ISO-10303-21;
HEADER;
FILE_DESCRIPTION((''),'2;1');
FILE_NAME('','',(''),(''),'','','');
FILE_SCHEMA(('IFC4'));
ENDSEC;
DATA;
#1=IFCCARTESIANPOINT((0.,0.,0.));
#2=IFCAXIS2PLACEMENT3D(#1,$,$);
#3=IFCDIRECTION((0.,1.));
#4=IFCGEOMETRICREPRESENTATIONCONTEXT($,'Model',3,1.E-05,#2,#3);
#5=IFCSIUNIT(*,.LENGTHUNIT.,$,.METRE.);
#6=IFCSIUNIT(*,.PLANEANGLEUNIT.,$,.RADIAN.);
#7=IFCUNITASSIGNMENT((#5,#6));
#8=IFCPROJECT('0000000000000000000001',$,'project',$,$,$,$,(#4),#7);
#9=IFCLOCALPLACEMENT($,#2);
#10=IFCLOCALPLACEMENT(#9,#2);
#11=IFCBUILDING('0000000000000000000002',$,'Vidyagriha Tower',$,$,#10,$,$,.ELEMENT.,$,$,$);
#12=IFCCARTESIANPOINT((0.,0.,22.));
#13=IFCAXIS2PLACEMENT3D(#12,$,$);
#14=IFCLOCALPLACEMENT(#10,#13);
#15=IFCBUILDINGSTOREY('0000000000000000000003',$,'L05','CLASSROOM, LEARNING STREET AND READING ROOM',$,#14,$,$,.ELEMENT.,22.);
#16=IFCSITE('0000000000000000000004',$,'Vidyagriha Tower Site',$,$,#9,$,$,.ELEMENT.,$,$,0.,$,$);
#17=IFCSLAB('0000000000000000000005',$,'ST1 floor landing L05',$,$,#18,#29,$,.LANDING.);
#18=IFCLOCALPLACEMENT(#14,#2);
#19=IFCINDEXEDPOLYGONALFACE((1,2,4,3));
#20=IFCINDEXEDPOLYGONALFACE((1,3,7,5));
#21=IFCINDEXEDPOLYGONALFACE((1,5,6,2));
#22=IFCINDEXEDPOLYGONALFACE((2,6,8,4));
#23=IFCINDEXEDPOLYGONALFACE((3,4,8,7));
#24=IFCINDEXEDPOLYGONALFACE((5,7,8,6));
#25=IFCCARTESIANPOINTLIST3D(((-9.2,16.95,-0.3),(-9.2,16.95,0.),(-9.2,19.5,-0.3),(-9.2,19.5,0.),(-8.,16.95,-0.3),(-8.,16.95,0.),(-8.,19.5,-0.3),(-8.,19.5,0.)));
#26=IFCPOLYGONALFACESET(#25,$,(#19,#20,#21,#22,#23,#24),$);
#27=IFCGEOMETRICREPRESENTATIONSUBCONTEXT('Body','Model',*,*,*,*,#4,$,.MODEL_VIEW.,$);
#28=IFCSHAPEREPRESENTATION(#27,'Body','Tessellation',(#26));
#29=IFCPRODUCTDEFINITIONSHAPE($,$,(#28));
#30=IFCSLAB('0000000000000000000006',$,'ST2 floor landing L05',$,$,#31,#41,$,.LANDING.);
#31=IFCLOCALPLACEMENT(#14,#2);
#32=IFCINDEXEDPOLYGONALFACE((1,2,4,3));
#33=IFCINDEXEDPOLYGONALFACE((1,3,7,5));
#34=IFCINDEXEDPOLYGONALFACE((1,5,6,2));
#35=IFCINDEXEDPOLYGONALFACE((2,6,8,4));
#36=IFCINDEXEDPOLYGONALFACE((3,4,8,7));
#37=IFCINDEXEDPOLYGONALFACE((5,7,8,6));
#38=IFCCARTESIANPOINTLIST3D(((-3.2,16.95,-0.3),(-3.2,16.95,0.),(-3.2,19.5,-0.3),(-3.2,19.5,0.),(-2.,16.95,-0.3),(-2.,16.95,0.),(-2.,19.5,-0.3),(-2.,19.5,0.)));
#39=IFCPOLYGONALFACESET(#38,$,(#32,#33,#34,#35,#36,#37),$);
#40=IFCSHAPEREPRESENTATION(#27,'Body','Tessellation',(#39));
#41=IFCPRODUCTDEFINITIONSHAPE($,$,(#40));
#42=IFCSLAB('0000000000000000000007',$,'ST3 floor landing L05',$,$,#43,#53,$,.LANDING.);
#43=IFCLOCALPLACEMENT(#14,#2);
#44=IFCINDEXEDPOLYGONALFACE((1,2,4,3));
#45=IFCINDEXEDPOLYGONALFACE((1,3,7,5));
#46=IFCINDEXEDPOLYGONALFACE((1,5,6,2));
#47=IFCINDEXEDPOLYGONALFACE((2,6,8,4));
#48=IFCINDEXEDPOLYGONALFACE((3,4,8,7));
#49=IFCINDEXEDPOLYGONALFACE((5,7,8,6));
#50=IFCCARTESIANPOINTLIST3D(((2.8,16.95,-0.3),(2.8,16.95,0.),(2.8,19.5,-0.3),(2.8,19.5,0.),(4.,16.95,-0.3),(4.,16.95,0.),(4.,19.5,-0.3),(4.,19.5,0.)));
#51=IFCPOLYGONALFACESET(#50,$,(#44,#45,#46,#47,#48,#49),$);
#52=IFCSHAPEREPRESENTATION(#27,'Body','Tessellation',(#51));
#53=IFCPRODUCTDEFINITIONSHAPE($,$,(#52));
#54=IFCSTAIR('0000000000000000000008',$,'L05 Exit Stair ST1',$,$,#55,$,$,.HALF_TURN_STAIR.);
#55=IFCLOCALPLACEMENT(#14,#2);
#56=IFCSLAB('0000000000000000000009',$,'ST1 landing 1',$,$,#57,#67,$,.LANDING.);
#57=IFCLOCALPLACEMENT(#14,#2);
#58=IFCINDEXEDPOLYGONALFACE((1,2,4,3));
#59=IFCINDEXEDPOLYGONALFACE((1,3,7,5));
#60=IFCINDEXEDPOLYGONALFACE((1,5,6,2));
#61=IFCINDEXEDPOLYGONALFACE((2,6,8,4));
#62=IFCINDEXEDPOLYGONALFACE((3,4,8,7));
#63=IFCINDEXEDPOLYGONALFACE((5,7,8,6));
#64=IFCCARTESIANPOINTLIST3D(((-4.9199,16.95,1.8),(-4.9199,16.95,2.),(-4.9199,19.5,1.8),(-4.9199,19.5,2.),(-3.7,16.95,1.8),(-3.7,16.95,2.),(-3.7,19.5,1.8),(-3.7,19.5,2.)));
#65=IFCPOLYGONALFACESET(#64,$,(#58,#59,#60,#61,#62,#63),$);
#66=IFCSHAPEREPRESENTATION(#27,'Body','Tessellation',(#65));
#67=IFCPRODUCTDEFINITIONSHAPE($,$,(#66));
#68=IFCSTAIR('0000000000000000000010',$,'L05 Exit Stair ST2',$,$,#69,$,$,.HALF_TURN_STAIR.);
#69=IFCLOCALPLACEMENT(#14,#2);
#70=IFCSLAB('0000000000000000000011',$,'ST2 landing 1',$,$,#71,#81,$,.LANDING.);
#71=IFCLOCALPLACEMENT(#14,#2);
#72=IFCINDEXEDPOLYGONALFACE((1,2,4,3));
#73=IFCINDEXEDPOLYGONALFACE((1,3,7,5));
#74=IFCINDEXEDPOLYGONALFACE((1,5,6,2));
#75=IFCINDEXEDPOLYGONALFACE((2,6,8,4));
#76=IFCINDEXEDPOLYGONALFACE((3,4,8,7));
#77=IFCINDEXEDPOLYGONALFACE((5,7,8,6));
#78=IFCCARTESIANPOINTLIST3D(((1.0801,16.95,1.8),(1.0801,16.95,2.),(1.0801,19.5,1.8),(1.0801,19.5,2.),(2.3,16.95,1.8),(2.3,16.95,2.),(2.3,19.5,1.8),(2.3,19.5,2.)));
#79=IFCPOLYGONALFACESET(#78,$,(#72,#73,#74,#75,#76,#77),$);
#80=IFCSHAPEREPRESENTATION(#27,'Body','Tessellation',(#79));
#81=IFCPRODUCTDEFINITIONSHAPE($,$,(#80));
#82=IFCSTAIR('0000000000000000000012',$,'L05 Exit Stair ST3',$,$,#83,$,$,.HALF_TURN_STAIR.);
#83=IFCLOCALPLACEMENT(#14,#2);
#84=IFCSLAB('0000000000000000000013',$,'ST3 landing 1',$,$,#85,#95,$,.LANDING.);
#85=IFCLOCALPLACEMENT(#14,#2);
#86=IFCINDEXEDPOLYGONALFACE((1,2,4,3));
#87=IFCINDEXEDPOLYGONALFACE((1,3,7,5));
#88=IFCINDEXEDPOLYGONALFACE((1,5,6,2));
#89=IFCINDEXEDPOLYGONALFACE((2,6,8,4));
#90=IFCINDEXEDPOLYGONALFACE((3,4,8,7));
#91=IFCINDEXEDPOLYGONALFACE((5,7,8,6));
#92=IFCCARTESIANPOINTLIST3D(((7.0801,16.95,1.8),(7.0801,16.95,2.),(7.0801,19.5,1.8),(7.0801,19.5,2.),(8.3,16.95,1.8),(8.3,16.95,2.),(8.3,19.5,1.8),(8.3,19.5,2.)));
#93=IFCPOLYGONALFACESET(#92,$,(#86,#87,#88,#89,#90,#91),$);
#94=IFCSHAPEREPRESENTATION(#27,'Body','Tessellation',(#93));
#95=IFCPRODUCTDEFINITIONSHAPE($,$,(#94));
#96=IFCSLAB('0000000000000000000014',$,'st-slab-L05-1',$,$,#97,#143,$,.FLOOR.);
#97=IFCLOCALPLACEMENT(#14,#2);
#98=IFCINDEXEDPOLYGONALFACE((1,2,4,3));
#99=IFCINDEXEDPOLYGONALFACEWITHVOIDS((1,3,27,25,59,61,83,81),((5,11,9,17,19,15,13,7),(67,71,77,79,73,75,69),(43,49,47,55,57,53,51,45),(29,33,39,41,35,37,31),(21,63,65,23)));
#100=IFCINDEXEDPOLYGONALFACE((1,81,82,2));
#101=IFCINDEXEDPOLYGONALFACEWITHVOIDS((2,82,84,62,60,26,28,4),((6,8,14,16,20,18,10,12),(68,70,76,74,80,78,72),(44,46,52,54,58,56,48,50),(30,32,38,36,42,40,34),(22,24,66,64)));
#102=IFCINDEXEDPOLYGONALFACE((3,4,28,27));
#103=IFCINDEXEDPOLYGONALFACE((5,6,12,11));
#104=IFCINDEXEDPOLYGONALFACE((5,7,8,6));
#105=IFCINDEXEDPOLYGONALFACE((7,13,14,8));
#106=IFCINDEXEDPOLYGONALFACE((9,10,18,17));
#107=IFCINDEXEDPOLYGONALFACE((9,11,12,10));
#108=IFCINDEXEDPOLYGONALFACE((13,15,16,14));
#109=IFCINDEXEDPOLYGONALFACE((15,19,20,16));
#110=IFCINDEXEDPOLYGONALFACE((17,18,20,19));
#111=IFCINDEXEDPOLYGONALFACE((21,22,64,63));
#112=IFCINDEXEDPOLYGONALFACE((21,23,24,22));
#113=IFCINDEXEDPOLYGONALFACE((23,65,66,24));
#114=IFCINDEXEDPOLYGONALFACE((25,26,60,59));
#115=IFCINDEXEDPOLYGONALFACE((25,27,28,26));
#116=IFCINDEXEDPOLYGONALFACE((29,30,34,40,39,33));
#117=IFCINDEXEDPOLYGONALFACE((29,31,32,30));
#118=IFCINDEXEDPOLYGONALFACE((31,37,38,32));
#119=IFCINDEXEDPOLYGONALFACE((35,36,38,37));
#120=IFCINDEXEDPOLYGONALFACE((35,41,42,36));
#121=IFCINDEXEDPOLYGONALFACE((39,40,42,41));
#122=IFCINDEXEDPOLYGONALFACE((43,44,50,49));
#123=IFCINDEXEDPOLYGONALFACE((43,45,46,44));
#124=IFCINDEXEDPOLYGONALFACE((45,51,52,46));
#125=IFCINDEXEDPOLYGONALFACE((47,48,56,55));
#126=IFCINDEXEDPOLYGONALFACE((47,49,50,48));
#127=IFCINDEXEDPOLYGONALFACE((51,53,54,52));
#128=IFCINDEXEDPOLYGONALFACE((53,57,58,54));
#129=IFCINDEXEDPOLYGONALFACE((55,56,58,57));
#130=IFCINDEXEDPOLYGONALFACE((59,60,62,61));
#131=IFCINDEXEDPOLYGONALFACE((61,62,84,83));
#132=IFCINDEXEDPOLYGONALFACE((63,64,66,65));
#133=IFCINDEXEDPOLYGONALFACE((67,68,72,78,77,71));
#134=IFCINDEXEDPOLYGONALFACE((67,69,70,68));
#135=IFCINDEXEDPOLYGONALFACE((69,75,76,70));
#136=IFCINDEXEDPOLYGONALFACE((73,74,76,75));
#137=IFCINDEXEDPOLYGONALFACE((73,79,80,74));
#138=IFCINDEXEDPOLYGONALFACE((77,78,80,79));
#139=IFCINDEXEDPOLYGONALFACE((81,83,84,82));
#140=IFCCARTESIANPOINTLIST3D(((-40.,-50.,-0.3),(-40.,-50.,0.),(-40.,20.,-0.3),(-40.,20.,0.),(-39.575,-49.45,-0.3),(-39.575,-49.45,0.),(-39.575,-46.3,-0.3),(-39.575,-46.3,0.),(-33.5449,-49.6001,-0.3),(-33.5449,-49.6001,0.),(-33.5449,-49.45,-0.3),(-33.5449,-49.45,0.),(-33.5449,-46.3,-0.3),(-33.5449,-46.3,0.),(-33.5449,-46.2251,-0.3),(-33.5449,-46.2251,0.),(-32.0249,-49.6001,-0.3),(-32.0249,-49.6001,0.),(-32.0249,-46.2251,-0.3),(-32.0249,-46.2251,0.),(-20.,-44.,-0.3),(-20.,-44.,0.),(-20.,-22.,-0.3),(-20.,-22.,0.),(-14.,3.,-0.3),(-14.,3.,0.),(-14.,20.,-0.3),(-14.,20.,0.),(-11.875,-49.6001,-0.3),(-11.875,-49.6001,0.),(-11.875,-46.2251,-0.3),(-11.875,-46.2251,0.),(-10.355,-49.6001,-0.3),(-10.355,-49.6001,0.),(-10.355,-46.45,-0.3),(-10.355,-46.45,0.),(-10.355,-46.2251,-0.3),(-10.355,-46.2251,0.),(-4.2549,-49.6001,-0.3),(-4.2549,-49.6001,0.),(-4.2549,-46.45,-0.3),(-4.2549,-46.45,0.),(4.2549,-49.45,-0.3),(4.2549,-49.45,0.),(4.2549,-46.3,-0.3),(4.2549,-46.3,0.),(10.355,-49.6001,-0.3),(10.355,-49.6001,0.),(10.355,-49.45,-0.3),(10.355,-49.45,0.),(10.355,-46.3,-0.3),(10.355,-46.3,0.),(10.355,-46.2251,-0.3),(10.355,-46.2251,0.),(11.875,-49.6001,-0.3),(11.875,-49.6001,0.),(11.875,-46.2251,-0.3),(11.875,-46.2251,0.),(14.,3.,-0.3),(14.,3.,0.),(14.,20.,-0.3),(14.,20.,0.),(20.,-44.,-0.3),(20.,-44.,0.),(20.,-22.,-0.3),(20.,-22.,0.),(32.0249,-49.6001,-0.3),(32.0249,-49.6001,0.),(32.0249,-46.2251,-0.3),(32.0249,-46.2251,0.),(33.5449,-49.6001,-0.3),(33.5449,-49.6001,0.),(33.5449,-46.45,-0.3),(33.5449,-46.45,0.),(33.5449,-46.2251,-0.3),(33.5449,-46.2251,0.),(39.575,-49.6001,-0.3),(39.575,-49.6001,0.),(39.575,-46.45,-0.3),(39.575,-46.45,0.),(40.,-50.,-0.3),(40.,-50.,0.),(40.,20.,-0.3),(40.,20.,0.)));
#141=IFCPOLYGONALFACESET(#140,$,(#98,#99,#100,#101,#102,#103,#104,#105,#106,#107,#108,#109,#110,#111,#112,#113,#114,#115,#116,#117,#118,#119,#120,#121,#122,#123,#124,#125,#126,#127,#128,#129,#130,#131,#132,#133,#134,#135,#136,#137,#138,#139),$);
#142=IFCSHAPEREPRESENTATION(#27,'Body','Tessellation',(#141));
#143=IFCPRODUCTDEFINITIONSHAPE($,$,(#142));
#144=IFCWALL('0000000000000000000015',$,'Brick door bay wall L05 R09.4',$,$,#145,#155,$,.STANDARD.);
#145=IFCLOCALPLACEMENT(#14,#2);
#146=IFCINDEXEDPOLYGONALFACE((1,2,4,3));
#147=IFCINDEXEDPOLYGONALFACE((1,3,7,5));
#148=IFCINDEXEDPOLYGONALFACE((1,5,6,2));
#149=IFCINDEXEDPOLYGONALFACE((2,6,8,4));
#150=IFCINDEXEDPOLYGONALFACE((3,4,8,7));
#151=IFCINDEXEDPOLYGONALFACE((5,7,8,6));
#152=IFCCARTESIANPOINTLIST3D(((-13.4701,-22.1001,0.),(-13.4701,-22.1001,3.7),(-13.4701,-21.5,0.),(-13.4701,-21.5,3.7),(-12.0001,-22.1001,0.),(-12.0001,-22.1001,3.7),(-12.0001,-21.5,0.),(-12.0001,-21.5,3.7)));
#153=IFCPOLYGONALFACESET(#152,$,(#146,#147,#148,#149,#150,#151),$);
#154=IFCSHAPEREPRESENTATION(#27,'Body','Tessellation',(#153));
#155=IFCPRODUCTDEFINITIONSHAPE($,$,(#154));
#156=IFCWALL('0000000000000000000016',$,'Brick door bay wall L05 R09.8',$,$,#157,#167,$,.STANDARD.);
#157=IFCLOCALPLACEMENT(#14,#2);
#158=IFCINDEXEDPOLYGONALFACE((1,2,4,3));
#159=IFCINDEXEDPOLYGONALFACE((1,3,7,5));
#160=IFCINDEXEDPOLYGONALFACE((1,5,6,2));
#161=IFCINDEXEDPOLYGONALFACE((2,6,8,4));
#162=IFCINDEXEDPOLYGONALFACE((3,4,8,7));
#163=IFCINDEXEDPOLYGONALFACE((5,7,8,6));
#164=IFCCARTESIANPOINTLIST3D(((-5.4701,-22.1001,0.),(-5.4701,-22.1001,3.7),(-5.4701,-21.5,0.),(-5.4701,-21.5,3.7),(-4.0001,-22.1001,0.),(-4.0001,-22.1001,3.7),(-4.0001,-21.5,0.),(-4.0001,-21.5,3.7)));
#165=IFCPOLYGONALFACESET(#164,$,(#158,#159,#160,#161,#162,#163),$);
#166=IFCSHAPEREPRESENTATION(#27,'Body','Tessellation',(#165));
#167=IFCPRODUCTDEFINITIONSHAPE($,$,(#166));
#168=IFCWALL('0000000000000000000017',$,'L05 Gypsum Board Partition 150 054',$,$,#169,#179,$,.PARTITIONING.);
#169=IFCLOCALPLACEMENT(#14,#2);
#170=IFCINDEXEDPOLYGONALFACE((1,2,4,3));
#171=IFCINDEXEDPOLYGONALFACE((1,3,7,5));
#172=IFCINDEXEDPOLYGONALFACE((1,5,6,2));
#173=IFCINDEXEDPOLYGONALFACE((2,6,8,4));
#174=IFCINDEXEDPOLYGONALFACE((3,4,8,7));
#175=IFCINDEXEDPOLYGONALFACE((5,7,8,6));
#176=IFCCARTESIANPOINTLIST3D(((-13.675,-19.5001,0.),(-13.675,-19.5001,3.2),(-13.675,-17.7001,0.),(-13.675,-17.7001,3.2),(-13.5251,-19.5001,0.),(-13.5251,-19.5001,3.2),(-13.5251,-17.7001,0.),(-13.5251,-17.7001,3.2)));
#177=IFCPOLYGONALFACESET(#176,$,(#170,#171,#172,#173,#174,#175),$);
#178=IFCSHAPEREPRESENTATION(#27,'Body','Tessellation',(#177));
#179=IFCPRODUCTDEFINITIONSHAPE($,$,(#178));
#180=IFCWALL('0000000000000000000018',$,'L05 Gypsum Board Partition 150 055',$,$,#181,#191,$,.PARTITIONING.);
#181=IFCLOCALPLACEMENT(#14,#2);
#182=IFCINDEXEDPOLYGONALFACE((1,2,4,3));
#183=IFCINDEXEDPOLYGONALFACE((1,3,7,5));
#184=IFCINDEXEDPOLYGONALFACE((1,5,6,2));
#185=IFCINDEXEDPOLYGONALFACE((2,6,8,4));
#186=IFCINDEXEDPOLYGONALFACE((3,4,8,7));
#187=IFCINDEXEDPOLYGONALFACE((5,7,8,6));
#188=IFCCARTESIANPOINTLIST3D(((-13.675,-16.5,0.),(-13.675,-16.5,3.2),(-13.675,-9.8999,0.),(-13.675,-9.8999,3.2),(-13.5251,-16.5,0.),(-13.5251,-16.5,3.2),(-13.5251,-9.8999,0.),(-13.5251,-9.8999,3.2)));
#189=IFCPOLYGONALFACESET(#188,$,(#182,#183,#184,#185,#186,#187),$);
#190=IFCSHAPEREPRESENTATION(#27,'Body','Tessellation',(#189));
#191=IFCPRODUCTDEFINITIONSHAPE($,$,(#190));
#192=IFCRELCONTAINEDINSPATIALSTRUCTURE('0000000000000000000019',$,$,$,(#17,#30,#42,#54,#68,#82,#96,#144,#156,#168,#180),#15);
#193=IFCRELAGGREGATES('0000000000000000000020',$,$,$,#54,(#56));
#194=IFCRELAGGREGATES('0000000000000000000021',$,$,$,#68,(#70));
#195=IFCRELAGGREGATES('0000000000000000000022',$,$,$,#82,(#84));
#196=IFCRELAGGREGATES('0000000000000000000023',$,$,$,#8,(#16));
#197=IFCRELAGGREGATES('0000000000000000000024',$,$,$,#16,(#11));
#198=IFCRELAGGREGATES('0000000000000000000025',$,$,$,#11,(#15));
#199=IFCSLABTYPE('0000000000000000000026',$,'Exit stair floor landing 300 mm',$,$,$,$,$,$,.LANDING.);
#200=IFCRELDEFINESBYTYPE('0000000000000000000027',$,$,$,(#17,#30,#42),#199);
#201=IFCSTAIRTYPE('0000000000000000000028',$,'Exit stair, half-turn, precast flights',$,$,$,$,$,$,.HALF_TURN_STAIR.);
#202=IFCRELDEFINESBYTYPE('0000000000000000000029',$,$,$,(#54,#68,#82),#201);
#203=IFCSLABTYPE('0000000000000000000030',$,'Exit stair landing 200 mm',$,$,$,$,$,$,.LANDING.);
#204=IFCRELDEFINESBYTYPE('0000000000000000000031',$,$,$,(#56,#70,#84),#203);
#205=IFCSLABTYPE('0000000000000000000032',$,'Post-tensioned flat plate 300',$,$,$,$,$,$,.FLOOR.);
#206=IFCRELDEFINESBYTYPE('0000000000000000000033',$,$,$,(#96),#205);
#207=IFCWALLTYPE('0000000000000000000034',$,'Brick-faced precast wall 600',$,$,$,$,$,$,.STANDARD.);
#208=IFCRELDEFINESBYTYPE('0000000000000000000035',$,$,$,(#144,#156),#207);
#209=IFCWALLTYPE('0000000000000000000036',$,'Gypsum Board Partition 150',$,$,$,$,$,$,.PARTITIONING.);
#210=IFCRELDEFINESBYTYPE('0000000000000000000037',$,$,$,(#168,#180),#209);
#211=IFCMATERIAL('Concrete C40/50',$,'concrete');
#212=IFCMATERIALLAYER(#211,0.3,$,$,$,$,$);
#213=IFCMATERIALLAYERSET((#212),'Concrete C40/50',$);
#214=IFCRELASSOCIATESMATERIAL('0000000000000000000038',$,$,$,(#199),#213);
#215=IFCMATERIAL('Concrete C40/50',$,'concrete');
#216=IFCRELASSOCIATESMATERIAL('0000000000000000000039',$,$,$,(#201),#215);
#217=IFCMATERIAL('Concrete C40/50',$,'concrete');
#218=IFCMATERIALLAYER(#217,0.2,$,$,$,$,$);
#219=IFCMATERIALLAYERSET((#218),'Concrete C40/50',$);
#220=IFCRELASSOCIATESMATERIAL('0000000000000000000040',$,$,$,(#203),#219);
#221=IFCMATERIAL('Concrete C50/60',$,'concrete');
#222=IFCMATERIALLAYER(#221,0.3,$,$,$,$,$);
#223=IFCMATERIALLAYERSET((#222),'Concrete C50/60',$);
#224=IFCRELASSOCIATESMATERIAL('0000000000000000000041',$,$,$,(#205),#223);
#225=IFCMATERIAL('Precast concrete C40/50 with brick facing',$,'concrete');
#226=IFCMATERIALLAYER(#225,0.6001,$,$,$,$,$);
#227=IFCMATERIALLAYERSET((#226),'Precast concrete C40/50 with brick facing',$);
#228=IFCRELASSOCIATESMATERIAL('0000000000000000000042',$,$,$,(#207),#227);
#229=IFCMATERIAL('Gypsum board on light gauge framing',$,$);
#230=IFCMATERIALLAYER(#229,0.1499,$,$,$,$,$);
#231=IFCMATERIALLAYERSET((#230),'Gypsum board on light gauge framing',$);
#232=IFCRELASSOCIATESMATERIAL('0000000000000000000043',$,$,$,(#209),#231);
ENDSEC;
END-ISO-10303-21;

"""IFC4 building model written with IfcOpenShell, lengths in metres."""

from ifc_helpers import new_model, si_unit, direction, frame, frame_2d, origin, place, context, subcontext, project, spatial, polyline, rectangle, outline, extrude, material, layer, layer_set, type_object, element, aggregate, save


model = new_model("IFC4")

# Units and contexts
model_context = context("Model", 3, precision=1e-05, world=origin(), true_north=direction((0.0, 1.0)))
body_context = subcontext(model_context, "Body", "Model", "MODEL_VIEW")
ifc_project = project(units=[si_unit("LENGTHUNIT", "METRE"), si_unit("PLANEANGLEUNIT", "RADIAN")], contexts=[model_context])

# Site, building, storey
site_placement = place(None, origin())
site = spatial("IfcSite", under=ifc_project, at=site_placement, Name="Vidyagriha Tower Site", CompositionType="ELEMENT", RefElevation=0.0)
building_placement = place(site_placement, origin())
building = spatial("IfcBuilding", under=site, at=building_placement, Name="Vidyagriha Tower", CompositionType="ELEMENT")
storey_placement = place(building_placement, frame((0.0, 0.0, 22.0)))
storey = spatial("IfcBuildingStorey", under=building, at=storey_placement, Name="L05", Description="CLASSROOM, LEARNING STREET AND READING ROOM", CompositionType="ELEMENT", Elevation=22.0)

# Slabs
ifc_material_1 = material(Name="Concrete C40/50", Category="concrete")
ifc_layer_1 = layer(ifc_material_1, 0.3)
ifc_layer_set_1 = layer_set([ifc_layer_1], Name="Concrete C40/50")
slab_type_1 = type_object("IfcSlabType", Name="Exit stair floor landing 300 mm", PredefinedType="LANDING", material=ifc_layer_set_1)
slab_1_placement = place(storey_placement, frame((0.0, 0.0, -0.3)))
element("IfcSlab", 1, at=slab_1_placement, inside=storey, type_object=slab_type_1, Name="ST1 floor landing L05", PredefinedType="LANDING", context=body_context, shape_type="SweptSolid", body=[
    extrude(outline(polyline([(-9.2, 16.95), (-8.0, 16.95), (-8.0, 19.5), (-9.2, 19.5), (-9.2, 16.95)])), origin(), (0.0, 0.0, 1.0), 0.3),
])
slab_2_placement = place(storey_placement, frame((0.0, 0.0, -0.3)))
element("IfcSlab", 2, at=slab_2_placement, inside=storey, type_object=slab_type_1, Name="ST2 floor landing L05", PredefinedType="LANDING", context=body_context, shape_type="SweptSolid", body=[
    extrude(outline(polyline([(-3.2, 16.95), (-2.0, 16.95), (-2.0, 19.5), (-3.2, 19.5), (-3.2, 16.95)])), origin(), (0.0, 0.0, 1.0), 0.3),
])
slab_3_placement = place(storey_placement, frame((0.0, 0.0, -0.3)))
element("IfcSlab", 3, at=slab_3_placement, inside=storey, type_object=slab_type_1, Name="ST3 floor landing L05", PredefinedType="LANDING", context=body_context, shape_type="SweptSolid", body=[
    extrude(outline(polyline([(2.8, 16.95), (4.0, 16.95), (4.0, 19.5), (2.8, 19.5), (2.8, 16.95)])), origin(), (0.0, 0.0, 1.0), 0.3),
])

# Stairs, slabs
ifc_material_2 = material(Name="Concrete C40/50", Category="concrete")
stair_type = type_object("IfcStairType", Name="Exit stair, half-turn, precast flights", PredefinedType="HALF_TURN_STAIR", material=ifc_material_2)
stair_1_placement = place(storey_placement, origin())
stair_1 = element("IfcStair", 4, at=stair_1_placement, inside=storey, type_object=stair_type, Name="L05 Exit Stair ST1", PredefinedType="HALF_TURN_STAIR")
ifc_material_3 = material(Name="Concrete C40/50", Category="concrete")
ifc_layer_2 = layer(ifc_material_3, 0.2)
ifc_layer_set_2 = layer_set([ifc_layer_2], Name="Concrete C40/50")
slab_type_2 = type_object("IfcSlabType", Name="Exit stair landing 200 mm", PredefinedType="LANDING", material=ifc_layer_set_2)
slab_4_placement = place(storey_placement, frame((0.0, 0.0, 1.8)))
slab_4 = element("IfcSlab", 5, at=slab_4_placement, type_object=slab_type_2, Name="ST1 landing 1", PredefinedType="LANDING", context=body_context, shape_type="SweptSolid", body=[
    extrude(outline(polyline([(-4.9199, 16.95), (-3.7, 16.95), (-3.7, 19.5), (-4.9199, 19.5), (-4.9199, 16.95)])), origin(), (0.0, 0.0, 1.0), 0.2),
])
aggregate(stair_1, [slab_4])
stair_2_placement = place(storey_placement, origin())
stair_2 = element("IfcStair", 6, at=stair_2_placement, inside=storey, type_object=stair_type, Name="L05 Exit Stair ST2", PredefinedType="HALF_TURN_STAIR")
slab_5_placement = place(storey_placement, frame((0.0, 0.0, 1.8)))
slab_5 = element("IfcSlab", 7, at=slab_5_placement, type_object=slab_type_2, Name="ST2 landing 1", PredefinedType="LANDING", context=body_context, shape_type="SweptSolid", body=[
    extrude(outline(polyline([(1.0801, 16.95), (2.3, 16.95), (2.3, 19.5), (1.0801, 19.5), (1.0801, 16.95)])), origin(), (0.0, 0.0, 1.0), 0.2),
])
aggregate(stair_2, [slab_5])
stair_3_placement = place(storey_placement, origin())
stair_3 = element("IfcStair", 8, at=stair_3_placement, inside=storey, type_object=stair_type, Name="L05 Exit Stair ST3", PredefinedType="HALF_TURN_STAIR")
slab_6_placement = place(storey_placement, frame((0.0, 0.0, 1.8)))
slab_6 = element("IfcSlab", 9, at=slab_6_placement, type_object=slab_type_2, Name="ST3 landing 1", PredefinedType="LANDING", context=body_context, shape_type="SweptSolid", body=[
    extrude(outline(polyline([(7.0801, 16.95), (8.3, 16.95), (8.3, 19.5), (7.0801, 19.5), (7.0801, 16.95)])), origin(), (0.0, 0.0, 1.0), 0.2),
])
aggregate(stair_3, [slab_6])

# Slab
ifc_material_4 = material(Name="Concrete C50/60", Category="concrete")
ifc_layer_3 = layer(ifc_material_4, 0.3)
ifc_layer_set_3 = layer_set([ifc_layer_3], Name="Concrete C50/60")
slab_type_3 = type_object("IfcSlabType", Name="Post-tensioned flat plate 300", PredefinedType="FLOOR", material=ifc_layer_set_3)
slab_7_placement = place(storey_placement, frame((0.0, 0.0, -0.3)))
element("IfcSlab", 10, at=slab_7_placement, inside=storey, type_object=slab_type_3, Name="st-slab-L05-1", PredefinedType="FLOOR", context=body_context, shape_type="SweptSolid", body=[
    extrude(outline(polyline([(-40.0, 20.0), (-14.0, 20.0), (-14.0, 3.0), (14.0, 3.0), (14.0, 20.0), (40.0, 20.0), (40.0, -50.0), (-40.0, -50.0), (-40.0, 20.0)]), holes=[polyline([(-20.0, -22.0), (-20.0, -44.0), (20.0, -44.0), (20.0, -22.0), (-20.0, -22.0)]), polyline([(-33.5449, -46.2251), (-33.5449, -46.3), (-39.575, -46.3), (-39.575, -49.45), (-33.5449, -49.45), (-33.5449, -49.6001), (-32.0249, -49.6001), (-32.0249, -46.2251), (-33.5449, -46.2251)]), polyline([(39.575, -49.6001), (39.575, -46.45), (33.5449, -46.45), (33.5449, -46.2251), (32.0249, -46.2251), (32.0249, -49.6001), (33.5449, -49.6001), (39.575, -49.6001)]), polyline([(-11.875, -49.6001), (-10.355, -49.6001), (-4.2549, -49.6001), (-4.2549, -46.45), (-10.355, -46.45), (-10.355, -46.2251), (-11.875, -46.2251), (-11.875, -49.6001)]), polyline([(4.2549, -46.3), (4.2549, -49.45), (10.355, -49.45), (10.355, -49.6001), (11.875, -49.6001), (11.875, -46.2251), (10.355, -46.2251), (10.355, -46.3), (4.2549, -46.3)])]), origin(), (0.0, 0.0, 1.0), 0.3),
])

# Walls
ifc_material_5 = material(Name="Precast concrete C40/50 with brick facing", Category="concrete")
ifc_layer_4 = layer(ifc_material_5, 0.6001)
ifc_layer_set_4 = layer_set([ifc_layer_4], Name="Precast concrete C40/50 with brick facing")
wall_type_1 = type_object("IfcWallType", Name="Brick-faced precast wall 600", PredefinedType="STANDARD", material=ifc_layer_set_4)
for number, where, name in (
    (11, (-13.47, -21.8, 0.0), "Brick door bay wall L05 R09.4"),
    (12, (-5.47, -21.8, 0.0), "Brick door bay wall L05 R09.8"),
):
    element("IfcWall", number, at=place(storey_placement, frame(where)), inside=storey, type_object=wall_type_1, Name=name, PredefinedType="STANDARD", context=body_context, shape_type="SweptSolid", body=[
        extrude(rectangle(XDim=1.47, YDim=0.6001, at=frame_2d((0.7349, 0.0))), origin(), (0.0, 0.0, 1.0), 3.7),
    ])
ifc_material_6 = material(Name="Gypsum board on light gauge framing")
ifc_layer_5 = layer(ifc_material_6, 0.1499)
ifc_layer_set_5 = layer_set([ifc_layer_5], Name="Gypsum board on light gauge framing")
wall_type_2 = type_object("IfcWallType", Name="Gypsum Board Partition 150", PredefinedType="PARTITIONING", material=ifc_layer_set_5)
wall_1_placement = place(storey_placement, frame((-13.6001, -19.5, 0.0), z_axis=(0.0, 0.0, 1.0), x_axis=(0.0, 1.0, 0.0)))
element("IfcWall", 13, at=wall_1_placement, inside=storey, type_object=wall_type_2, Name="L05 Gypsum Board Partition 150 054", PredefinedType="PARTITIONING", context=body_context, shape_type="SweptSolid", body=[
    extrude(rectangle(XDim=1.8, YDim=0.1499, at=frame_2d((0.8999, 0.0))), origin(), (0.0, 0.0, 1.0), 3.2),
])
wall_2_placement = place(storey_placement, frame((-13.6001, -16.5, 0.0), z_axis=(0.0, 0.0, 1.0), x_axis=(0.0, 1.0, 0.0)))
element("IfcWall", 14, at=wall_2_placement, inside=storey, type_object=wall_type_2, Name="L05 Gypsum Board Partition 150 055", PredefinedType="PARTITIONING", context=body_context, shape_type="SweptSolid", body=[
    extrude(rectangle(XDim=6.6001, YDim=0.1499, at=frame_2d((3.3, 0.0))), origin(), (0.0, 0.0, 1.0), 3.2),
])

save(model, "model.ifc")
